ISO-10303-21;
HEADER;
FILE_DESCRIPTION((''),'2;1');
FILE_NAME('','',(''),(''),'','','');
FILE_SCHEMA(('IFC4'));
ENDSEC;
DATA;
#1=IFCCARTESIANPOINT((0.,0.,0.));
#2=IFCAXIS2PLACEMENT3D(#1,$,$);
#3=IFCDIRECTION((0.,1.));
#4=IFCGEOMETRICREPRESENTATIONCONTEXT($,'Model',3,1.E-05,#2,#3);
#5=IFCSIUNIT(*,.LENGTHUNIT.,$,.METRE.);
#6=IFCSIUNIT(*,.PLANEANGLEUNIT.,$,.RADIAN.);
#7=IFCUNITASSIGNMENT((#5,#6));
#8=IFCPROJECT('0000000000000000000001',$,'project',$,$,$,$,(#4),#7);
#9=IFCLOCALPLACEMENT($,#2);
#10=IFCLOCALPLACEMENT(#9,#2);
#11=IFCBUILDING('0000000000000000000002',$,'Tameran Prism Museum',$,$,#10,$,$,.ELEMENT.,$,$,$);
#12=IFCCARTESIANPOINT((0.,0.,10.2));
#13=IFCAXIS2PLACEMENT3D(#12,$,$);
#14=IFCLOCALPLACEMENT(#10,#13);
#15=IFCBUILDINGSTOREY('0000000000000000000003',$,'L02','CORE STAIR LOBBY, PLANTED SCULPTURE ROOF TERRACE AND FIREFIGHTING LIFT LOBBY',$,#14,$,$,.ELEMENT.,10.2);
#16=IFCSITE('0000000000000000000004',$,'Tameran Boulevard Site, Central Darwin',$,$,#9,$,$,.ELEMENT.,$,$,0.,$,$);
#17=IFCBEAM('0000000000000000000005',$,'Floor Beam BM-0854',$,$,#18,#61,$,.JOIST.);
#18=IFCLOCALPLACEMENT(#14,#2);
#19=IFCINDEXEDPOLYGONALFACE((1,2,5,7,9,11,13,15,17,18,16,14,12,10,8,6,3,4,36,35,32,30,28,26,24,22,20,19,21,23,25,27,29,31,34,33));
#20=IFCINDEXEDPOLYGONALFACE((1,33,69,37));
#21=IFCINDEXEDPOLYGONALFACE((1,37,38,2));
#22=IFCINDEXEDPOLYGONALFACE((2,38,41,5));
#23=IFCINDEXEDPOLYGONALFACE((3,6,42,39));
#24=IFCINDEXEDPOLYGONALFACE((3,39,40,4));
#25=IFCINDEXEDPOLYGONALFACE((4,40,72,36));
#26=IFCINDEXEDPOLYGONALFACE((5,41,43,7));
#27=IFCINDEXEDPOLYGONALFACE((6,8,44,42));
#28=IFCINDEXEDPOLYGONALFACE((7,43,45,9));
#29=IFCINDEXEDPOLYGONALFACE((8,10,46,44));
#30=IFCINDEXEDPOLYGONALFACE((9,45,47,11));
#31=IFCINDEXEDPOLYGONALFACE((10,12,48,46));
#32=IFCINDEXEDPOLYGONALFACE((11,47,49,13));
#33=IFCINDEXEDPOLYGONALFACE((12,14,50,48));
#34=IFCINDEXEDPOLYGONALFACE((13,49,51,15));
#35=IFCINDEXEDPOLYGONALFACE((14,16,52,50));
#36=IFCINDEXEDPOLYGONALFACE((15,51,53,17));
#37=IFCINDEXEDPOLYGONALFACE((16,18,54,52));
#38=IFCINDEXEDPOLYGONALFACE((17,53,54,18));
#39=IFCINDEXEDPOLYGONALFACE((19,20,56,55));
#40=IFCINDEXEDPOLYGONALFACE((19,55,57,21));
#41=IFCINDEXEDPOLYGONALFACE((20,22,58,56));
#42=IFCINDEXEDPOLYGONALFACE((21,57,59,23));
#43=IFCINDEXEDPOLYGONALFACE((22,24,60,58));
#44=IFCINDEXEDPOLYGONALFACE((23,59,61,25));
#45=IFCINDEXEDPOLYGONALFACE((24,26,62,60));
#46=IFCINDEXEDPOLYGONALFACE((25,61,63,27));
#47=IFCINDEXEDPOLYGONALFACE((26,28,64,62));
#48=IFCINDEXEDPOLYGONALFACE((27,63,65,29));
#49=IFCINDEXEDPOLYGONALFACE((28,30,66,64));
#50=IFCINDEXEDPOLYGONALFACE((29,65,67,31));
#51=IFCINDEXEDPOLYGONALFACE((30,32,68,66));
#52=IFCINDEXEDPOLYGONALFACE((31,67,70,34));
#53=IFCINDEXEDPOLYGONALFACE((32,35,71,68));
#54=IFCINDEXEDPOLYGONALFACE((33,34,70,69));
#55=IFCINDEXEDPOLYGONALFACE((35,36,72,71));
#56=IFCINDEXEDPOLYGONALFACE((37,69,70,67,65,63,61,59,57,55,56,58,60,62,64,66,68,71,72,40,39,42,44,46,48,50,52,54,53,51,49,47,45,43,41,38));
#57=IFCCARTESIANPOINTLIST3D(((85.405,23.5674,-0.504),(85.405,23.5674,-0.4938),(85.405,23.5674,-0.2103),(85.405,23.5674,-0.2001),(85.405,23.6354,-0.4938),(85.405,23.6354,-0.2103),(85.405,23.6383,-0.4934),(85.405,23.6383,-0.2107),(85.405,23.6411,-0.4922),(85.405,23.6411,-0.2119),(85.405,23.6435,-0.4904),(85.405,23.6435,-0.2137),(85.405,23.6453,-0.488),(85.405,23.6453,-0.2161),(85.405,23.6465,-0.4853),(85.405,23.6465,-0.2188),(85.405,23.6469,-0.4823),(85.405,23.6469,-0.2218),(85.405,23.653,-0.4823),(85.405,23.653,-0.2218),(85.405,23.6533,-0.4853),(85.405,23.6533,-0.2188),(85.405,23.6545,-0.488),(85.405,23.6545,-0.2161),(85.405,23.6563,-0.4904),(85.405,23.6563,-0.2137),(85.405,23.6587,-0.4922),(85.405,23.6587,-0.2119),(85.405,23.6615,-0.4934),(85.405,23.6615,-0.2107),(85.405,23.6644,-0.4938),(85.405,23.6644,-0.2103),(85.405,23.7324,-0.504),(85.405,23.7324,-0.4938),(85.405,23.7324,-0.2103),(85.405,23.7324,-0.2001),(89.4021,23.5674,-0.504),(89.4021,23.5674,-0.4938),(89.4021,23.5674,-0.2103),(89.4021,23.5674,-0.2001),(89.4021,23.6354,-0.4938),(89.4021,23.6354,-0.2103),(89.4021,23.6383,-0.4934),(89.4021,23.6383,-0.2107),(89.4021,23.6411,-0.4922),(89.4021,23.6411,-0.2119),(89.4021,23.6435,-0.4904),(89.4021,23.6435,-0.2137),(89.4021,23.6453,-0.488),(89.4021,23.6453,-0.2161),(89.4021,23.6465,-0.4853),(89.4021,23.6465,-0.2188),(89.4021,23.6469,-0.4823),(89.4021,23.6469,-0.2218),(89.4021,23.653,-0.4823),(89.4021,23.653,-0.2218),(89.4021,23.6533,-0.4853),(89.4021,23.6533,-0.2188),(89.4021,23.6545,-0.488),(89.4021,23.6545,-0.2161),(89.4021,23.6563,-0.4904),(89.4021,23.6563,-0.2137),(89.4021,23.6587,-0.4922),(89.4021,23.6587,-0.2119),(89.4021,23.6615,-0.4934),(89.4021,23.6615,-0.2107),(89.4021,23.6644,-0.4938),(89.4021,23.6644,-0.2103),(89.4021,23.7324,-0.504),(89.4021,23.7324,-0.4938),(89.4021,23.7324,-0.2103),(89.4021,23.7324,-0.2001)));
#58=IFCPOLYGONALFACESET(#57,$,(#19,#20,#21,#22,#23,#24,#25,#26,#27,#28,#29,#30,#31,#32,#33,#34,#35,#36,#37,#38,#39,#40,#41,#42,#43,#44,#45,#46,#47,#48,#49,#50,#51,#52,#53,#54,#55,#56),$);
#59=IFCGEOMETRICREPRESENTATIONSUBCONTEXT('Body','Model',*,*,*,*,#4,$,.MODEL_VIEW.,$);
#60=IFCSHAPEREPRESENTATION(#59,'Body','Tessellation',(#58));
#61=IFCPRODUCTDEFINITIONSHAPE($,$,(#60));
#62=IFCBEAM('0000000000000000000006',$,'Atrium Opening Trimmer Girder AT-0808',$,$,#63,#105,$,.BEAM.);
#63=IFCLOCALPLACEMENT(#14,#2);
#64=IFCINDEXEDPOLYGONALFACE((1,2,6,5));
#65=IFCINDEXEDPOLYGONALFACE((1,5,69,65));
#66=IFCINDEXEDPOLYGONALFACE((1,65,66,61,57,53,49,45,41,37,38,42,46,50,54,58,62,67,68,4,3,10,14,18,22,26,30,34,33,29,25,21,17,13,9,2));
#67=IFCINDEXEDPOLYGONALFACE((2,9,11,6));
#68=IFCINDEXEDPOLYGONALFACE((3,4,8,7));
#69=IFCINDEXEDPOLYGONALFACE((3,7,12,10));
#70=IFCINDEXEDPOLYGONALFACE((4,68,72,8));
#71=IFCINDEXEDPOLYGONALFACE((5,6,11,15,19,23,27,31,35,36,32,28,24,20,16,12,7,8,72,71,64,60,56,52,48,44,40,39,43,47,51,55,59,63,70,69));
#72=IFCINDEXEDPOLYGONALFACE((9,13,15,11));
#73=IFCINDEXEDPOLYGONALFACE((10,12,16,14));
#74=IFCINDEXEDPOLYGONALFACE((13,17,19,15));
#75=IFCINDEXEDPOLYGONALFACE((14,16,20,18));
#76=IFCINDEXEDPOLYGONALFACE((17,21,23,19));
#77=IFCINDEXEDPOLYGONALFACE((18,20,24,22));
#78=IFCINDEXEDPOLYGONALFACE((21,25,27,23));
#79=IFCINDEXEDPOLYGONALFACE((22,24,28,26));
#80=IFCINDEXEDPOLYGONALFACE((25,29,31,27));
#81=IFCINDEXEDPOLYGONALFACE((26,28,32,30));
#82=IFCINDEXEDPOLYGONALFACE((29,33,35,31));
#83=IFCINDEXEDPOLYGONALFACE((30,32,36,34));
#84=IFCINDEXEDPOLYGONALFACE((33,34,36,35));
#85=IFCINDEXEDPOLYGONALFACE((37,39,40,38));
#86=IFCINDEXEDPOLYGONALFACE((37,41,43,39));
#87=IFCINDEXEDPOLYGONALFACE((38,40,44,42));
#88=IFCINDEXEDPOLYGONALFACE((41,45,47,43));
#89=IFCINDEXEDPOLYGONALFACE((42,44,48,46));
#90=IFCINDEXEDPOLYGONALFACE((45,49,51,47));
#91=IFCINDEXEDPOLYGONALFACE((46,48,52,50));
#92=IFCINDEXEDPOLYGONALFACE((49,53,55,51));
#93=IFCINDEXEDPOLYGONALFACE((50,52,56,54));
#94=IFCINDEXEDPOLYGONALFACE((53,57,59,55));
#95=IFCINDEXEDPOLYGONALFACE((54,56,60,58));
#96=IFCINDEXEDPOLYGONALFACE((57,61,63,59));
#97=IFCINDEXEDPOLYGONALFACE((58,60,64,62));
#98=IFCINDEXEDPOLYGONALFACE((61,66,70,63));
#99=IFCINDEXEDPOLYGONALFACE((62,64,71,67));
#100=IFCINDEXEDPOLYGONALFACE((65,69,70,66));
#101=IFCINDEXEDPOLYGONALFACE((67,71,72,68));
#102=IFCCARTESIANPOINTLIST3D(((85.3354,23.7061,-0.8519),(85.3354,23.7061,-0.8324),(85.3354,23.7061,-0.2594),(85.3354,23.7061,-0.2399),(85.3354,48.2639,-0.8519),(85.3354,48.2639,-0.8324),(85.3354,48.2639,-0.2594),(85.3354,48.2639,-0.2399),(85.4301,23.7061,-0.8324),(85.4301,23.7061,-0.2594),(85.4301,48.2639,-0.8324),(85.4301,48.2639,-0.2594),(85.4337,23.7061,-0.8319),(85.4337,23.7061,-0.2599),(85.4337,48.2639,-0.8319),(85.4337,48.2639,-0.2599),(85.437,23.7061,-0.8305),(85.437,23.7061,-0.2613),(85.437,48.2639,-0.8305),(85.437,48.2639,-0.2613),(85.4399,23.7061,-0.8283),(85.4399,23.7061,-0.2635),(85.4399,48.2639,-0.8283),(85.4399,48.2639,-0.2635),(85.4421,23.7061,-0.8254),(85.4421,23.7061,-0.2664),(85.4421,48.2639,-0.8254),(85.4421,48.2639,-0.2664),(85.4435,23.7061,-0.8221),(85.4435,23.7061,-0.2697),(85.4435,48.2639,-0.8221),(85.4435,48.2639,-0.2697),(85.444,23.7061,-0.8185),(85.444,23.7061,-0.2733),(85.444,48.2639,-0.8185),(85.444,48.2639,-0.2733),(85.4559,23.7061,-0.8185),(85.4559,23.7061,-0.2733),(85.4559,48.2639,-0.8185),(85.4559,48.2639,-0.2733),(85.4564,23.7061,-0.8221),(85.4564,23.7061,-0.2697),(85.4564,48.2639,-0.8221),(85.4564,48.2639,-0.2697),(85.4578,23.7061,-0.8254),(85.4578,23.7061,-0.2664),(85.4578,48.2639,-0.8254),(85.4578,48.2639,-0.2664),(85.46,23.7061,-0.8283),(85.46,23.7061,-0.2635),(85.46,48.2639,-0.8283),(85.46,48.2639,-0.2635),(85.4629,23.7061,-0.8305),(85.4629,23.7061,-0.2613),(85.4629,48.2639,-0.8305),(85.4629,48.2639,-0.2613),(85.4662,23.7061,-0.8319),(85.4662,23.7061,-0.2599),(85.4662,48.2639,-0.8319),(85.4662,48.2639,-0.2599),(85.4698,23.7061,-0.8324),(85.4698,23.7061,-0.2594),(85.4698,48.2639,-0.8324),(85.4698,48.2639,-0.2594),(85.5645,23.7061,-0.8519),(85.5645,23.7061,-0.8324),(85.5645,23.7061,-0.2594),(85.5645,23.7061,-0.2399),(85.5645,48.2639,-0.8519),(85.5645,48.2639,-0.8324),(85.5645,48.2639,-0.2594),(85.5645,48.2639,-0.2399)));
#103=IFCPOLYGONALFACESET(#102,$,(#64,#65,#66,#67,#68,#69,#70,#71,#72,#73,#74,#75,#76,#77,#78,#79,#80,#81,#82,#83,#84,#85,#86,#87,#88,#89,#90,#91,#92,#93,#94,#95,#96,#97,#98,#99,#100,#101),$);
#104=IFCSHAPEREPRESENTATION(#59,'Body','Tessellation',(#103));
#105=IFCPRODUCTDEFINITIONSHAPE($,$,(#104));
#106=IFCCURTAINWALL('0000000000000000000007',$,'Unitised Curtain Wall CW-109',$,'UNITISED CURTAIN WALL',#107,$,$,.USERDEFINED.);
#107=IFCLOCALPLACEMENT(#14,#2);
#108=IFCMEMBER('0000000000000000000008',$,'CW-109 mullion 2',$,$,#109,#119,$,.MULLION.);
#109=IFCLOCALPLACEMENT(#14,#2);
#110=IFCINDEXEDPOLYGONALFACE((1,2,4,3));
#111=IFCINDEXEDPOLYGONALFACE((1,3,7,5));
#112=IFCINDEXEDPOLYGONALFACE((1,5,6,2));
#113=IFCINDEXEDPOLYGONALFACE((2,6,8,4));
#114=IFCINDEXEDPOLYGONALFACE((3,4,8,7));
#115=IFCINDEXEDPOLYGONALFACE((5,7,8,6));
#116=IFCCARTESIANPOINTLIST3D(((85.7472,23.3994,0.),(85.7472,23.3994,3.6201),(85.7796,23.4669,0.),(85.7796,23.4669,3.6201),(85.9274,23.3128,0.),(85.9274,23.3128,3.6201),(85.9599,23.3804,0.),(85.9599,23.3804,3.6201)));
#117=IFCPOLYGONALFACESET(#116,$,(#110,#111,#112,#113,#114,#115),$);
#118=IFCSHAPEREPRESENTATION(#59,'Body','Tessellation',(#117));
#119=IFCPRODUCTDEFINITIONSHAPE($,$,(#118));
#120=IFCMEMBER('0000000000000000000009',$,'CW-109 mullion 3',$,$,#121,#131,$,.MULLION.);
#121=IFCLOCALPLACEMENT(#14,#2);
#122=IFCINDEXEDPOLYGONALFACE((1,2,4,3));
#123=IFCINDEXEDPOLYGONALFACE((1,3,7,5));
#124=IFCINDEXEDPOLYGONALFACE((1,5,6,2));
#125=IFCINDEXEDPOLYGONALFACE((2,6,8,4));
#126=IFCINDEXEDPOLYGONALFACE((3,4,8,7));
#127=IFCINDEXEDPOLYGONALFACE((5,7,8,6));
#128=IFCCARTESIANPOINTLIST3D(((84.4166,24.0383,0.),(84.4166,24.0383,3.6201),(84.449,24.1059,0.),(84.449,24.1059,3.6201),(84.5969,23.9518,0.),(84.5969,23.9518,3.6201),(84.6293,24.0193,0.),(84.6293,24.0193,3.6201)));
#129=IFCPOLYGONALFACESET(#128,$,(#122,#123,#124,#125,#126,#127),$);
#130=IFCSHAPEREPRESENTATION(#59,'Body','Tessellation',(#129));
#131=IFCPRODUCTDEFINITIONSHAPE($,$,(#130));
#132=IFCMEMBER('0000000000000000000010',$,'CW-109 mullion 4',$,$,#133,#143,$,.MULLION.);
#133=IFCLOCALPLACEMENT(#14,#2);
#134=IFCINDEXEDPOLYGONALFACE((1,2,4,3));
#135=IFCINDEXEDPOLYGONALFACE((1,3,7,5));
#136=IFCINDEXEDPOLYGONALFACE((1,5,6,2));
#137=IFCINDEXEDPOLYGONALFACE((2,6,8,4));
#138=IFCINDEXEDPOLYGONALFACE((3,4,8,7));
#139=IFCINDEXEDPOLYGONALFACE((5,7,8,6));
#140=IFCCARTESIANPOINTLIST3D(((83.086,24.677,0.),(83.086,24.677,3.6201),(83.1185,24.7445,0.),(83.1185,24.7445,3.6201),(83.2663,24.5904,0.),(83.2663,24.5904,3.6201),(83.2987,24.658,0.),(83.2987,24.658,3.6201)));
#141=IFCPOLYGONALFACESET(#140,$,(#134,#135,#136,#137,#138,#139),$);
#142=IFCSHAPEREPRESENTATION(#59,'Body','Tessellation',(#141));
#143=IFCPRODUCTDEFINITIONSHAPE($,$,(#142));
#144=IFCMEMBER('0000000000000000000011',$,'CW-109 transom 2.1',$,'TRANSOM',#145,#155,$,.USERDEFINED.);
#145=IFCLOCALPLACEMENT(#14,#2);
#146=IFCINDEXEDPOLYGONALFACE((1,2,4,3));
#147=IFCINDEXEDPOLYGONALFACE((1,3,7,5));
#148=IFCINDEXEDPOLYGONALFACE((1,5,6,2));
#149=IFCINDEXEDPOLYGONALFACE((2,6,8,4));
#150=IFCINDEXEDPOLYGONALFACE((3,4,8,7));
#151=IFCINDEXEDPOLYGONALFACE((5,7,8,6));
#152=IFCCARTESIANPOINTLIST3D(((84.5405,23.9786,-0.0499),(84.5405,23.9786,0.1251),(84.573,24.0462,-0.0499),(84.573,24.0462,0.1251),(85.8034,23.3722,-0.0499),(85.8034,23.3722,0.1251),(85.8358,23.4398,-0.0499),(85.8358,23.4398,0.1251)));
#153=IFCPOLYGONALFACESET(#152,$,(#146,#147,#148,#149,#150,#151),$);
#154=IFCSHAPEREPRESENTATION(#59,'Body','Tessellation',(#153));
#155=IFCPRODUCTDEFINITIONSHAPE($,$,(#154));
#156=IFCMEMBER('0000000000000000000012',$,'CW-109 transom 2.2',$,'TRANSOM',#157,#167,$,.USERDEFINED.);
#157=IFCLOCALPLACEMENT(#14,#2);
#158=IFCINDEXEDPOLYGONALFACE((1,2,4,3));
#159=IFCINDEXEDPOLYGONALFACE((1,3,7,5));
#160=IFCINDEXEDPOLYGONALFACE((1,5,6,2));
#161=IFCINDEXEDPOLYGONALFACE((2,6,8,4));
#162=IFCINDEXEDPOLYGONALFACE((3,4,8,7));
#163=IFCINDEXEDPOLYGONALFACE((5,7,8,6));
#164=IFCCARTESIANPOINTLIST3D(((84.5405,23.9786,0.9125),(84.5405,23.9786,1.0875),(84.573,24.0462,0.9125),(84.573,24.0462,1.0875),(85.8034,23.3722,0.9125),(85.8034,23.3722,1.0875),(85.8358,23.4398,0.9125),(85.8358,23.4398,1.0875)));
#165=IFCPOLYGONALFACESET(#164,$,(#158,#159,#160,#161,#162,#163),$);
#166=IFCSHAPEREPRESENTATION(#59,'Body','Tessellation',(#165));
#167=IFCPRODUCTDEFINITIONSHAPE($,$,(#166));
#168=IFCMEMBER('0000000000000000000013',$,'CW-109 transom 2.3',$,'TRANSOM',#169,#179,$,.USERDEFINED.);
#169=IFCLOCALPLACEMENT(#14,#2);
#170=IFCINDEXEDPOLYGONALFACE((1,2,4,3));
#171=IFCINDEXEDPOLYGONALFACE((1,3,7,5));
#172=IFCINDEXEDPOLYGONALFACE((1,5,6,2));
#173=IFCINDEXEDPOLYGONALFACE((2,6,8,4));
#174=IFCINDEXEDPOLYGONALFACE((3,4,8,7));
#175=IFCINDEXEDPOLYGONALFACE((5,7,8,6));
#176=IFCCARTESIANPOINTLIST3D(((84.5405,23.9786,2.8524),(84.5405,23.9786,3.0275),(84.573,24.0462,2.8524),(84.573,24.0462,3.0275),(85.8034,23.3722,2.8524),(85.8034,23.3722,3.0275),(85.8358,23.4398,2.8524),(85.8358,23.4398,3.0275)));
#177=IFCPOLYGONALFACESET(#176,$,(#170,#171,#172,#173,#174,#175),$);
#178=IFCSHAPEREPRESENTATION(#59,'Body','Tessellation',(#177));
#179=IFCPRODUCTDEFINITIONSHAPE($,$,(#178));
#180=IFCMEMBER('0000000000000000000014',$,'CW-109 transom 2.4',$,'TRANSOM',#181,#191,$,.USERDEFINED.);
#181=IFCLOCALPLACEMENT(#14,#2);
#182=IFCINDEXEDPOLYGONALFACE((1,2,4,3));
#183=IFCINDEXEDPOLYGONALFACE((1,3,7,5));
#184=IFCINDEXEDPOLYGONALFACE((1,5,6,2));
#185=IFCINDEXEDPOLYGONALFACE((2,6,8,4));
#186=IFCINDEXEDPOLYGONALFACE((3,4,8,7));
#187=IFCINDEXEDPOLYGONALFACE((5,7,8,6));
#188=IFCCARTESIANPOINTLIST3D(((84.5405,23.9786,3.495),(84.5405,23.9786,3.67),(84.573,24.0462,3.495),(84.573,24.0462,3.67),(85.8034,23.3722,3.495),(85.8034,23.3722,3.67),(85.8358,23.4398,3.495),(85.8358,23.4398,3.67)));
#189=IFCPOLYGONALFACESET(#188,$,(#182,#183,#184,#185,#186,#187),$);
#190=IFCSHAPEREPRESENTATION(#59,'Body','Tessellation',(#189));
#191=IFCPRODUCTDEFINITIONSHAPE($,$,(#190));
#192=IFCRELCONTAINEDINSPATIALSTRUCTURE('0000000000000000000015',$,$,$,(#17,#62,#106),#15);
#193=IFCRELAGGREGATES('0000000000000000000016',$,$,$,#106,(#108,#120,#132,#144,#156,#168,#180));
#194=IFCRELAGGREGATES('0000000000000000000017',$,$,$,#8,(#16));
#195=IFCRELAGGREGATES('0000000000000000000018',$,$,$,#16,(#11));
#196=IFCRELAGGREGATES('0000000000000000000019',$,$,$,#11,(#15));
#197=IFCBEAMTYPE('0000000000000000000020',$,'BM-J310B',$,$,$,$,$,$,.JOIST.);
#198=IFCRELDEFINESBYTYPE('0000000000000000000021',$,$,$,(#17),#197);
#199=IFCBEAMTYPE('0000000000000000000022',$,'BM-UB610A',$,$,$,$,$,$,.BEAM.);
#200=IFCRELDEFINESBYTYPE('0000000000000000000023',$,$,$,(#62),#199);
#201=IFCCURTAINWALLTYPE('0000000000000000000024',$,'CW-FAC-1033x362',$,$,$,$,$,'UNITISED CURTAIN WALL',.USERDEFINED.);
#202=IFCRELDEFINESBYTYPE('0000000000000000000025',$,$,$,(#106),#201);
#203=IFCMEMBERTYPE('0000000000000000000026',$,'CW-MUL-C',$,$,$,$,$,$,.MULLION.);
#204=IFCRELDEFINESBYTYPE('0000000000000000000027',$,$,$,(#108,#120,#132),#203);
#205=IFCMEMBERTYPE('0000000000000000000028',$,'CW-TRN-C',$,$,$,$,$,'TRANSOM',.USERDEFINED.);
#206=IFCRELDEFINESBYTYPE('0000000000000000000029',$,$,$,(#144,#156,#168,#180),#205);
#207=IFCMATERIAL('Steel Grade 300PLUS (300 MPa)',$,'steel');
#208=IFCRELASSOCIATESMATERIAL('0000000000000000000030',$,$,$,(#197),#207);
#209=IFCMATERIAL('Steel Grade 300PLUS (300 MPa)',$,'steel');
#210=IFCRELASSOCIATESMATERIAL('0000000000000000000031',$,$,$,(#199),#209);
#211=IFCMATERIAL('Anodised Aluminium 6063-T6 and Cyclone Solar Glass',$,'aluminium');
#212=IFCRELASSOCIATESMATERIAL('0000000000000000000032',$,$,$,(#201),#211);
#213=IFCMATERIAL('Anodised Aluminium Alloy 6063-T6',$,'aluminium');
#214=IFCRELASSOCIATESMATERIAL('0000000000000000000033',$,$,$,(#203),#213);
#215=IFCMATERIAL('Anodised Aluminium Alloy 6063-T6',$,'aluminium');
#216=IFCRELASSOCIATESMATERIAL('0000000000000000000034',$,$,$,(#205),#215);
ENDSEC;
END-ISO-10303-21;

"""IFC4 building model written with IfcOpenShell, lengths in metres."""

from ifc_helpers import new_model, si_unit, direction, frame, origin, origin_2d, place, context, subcontext, project, spatial, rectangle, i_section, extrude, material, material_profile, profile_set, type_object, element, aggregate, save


model = new_model("IFC4")

# Units and contexts
model_context = context("Model", 3, precision=1e-05, world=origin(), true_north=direction((0.0, 1.0)))
body_context = subcontext(model_context, "Body", "Model", "MODEL_VIEW")
ifc_project = project(units=[si_unit("LENGTHUNIT", "METRE"), si_unit("PLANEANGLEUNIT", "RADIAN")], contexts=[model_context])

# Site, building, storey
site_placement = place(None, origin())
site = spatial("IfcSite", under=ifc_project, at=site_placement, Name="Tameran Boulevard Site, Central Darwin", CompositionType="ELEMENT", RefElevation=0.0)
building_placement = place(site_placement, origin())
building = spatial("IfcBuilding", under=site, at=building_placement, Name="Tameran Prism Museum", CompositionType="ELEMENT")
storey_placement = place(building_placement, frame((0.0, 0.0, 10.2)))
storey = spatial("IfcBuildingStorey", under=building, at=storey_placement, Name="L02", Description="CORE STAIR LOBBY, PLANTED SCULPTURE ROOF TERRACE AND FIREFIGHTING LIFT LOBBY", CompositionType="ELEMENT", Elevation=10.2)

# Beams
ifc_material_1 = material(Name="Steel Grade 300PLUS (300 MPa)", Category="steel")
ifc_material_profile_1 = material_profile(ifc_material_1, i_section(OverallWidth=0.165, OverallDepth=0.304, WebThickness=0.0061, FlangeThickness=0.0103, FilletRadius=0.0115, at=origin_2d()))
ifc_profile_set_1 = profile_set([ifc_material_profile_1])
beam_type_1 = type_object("IfcBeamType", Name="BM-J310B", PredefinedType="JOIST", material=ifc_profile_set_1)
beam_1_placement = place(storey_placement, frame((85.405, 23.6499, -0.3521), z_axis=(1.0, 0.0, 0.0), x_axis=(0.0, 1.0, 0.0)))
element("IfcBeam", 1, at=beam_1_placement, inside=storey, type_object=beam_type_1, Name="Floor Beam BM-0854", PredefinedType="JOIST", context=body_context, shape_type="SweptSolid", body=[
    extrude(i_section(OverallWidth=0.165, OverallDepth=0.304, WebThickness=0.0061, FlangeThickness=0.0103, FilletRadius=0.0115, at=origin_2d()), origin(), (0.0, 0.0, 1.0), 3.9971),
])
ifc_material_2 = material(Name="Steel Grade 300PLUS (300 MPa)", Category="steel")
ifc_material_profile_2 = material_profile(ifc_material_2, i_section(OverallWidth=0.229, OverallDepth=0.6121, WebThickness=0.012, FlangeThickness=0.0195, FilletRadius=0.0139, at=origin_2d()))
ifc_profile_set_2 = profile_set([ifc_material_profile_2])
beam_type_2 = type_object("IfcBeamType", Name="BM-UB610A", PredefinedType="BEAM", material=ifc_profile_set_2)
beam_2_placement = place(storey_placement, frame((85.45, 23.7061, -0.5459), z_axis=(0.0, 1.0, 0.0), x_axis=(-1.0, 0.0, 0.0)))
element("IfcBeam", 2, at=beam_2_placement, inside=storey, type_object=beam_type_2, Name="Atrium Opening Trimmer Girder AT-0808", PredefinedType="BEAM", context=body_context, shape_type="SweptSolid", body=[
    extrude(i_section(OverallWidth=0.229, OverallDepth=0.6121, WebThickness=0.012, FlangeThickness=0.0195, FilletRadius=0.0139, at=origin_2d()), origin(), (0.0, 0.0, 1.0), 24.5579),
])

# Curtain wall, members
ifc_material_3 = material(Name="Anodised Aluminium 6063-T6 and Cyclone Solar Glass", Category="aluminium")
curtain_wall_type = type_object("IfcCurtainWallType", Name="CW-FAC-1033x362", ElementType="UNITISED CURTAIN WALL", PredefinedType="USERDEFINED", material=ifc_material_3)
curtain_wall_placement = place(storey_placement, origin())
curtain_wall = element("IfcCurtainWall", 3, at=curtain_wall_placement, inside=storey, type_object=curtain_wall_type, Name="Unitised Curtain Wall CW-109", ObjectType="UNITISED CURTAIN WALL", PredefinedType="USERDEFINED")
ifc_material_4 = material(Name="Anodised Aluminium Alloy 6063-T6", Category="aluminium")
ifc_material_profile_3 = material_profile(ifc_material_4, rectangle(XDim=0.075, YDim=0.2, at=origin_2d()))
ifc_profile_set_3 = profile_set([ifc_material_profile_3])
member_type_1 = type_object("IfcMemberType", Name="CW-MUL-C", PredefinedType="MULLION", material=ifc_profile_set_3)
member_1_placement = place(storey_placement, frame((85.8535, 23.3899, 0.0), z_axis=(0.0, 0.0, 1.0), x_axis=(-0.432832, -0.901475, 0.0)))
member_1 = element("IfcMember", 4, at=member_1_placement, type_object=member_type_1, Name="CW-109 mullion 2", PredefinedType="MULLION", context=body_context, shape_type="SweptSolid", body=[
    extrude(rectangle(XDim=0.075, YDim=0.2, at=origin_2d()), origin(), (0.0, 0.0, 1.0), 3.6201),
])
member_2_placement = place(storey_placement, frame((84.5229, 24.0288, 0.0), z_axis=(0.0, 0.0, 1.0), x_axis=(-0.432832, -0.901475, 0.0)))
member_2 = element("IfcMember", 5, at=member_2_placement, type_object=member_type_1, Name="CW-109 mullion 3", PredefinedType="MULLION", context=body_context, shape_type="SweptSolid", body=[
    extrude(rectangle(XDim=0.075, YDim=0.2, at=origin_2d()), origin(), (0.0, 0.0, 1.0), 3.6201),
])
member_3_placement = place(storey_placement, frame((83.1924, 24.6675, 0.0), z_axis=(0.0, 0.0, 1.0), x_axis=(-0.432832, -0.901475, 0.0)))
member_3 = element("IfcMember", 6, at=member_3_placement, type_object=member_type_1, Name="CW-109 mullion 4", PredefinedType="MULLION", context=body_context, shape_type="SweptSolid", body=[
    extrude(rectangle(XDim=0.075, YDim=0.2, at=origin_2d()), origin(), (0.0, 0.0, 1.0), 3.6201),
])
ifc_material_5 = material(Name="Anodised Aluminium Alloy 6063-T6", Category="aluminium")
ifc_material_profile_4 = material_profile(ifc_material_5, rectangle(XDim=0.075, YDim=0.175, at=origin_2d()))
ifc_profile_set_4 = profile_set([ifc_material_profile_4])
member_type_2 = type_object("IfcMemberType", Name="CW-TRN-C", ElementType="TRANSOM", PredefinedType="USERDEFINED", material=ifc_profile_set_4)
member_4_placement = place(storey_placement, frame((85.8196, 23.406, 0.0376), z_axis=(-0.901458, 0.432867, 0.0), x_axis=(-0.432867, -0.901458, 0.0)))
member_4 = element("IfcMember", 7, at=member_4_placement, type_object=member_type_2, Name="CW-109 transom 2.1", ObjectType="TRANSOM", PredefinedType="USERDEFINED", context=body_context, shape_type="SweptSolid", body=[
    extrude(rectangle(XDim=0.075, YDim=0.175, at=origin_2d()), origin(), (0.0, 0.0, 1.0), 1.4009),
])
member_5_placement = place(storey_placement, frame((85.8196, 23.406, 1.0), z_axis=(-0.901458, 0.432867, 0.0), x_axis=(-0.432867, -0.901458, 0.0)))
member_5 = element("IfcMember", 8, at=member_5_placement, type_object=member_type_2, Name="CW-109 transom 2.2", ObjectType="TRANSOM", PredefinedType="USERDEFINED", context=body_context, shape_type="SweptSolid", body=[
    extrude(rectangle(XDim=0.075, YDim=0.175, at=origin_2d()), origin(), (0.0, 0.0, 1.0), 1.4009),
])
member_6_placement = place(storey_placement, frame((85.8196, 23.406, 2.9399), z_axis=(-0.901458, 0.432867, 0.0), x_axis=(-0.432867, -0.901458, 0.0)))
member_6 = element("IfcMember", 9, at=member_6_placement, type_object=member_type_2, Name="CW-109 transom 2.3", ObjectType="TRANSOM", PredefinedType="USERDEFINED", context=body_context, shape_type="SweptSolid", body=[
    extrude(rectangle(XDim=0.075, YDim=0.175, at=origin_2d()), origin(), (0.0, 0.0, 1.0), 1.4009),
])
member_7_placement = place(storey_placement, frame((85.8196, 23.406, 3.5825), z_axis=(-0.901458, 0.432867, 0.0), x_axis=(-0.432867, -0.901458, 0.0)))
member_7 = element("IfcMember", 10, at=member_7_placement, type_object=member_type_2, Name="CW-109 transom 2.4", ObjectType="TRANSOM", PredefinedType="USERDEFINED", context=body_context, shape_type="SweptSolid", body=[
    extrude(rectangle(XDim=0.075, YDim=0.175, at=origin_2d()), origin(), (0.0, 0.0, 1.0), 1.4009),
])
aggregate(curtain_wall, [member_1, member_2, member_3, member_4, member_5, member_6, member_7])

save(model, "model.ifc")
